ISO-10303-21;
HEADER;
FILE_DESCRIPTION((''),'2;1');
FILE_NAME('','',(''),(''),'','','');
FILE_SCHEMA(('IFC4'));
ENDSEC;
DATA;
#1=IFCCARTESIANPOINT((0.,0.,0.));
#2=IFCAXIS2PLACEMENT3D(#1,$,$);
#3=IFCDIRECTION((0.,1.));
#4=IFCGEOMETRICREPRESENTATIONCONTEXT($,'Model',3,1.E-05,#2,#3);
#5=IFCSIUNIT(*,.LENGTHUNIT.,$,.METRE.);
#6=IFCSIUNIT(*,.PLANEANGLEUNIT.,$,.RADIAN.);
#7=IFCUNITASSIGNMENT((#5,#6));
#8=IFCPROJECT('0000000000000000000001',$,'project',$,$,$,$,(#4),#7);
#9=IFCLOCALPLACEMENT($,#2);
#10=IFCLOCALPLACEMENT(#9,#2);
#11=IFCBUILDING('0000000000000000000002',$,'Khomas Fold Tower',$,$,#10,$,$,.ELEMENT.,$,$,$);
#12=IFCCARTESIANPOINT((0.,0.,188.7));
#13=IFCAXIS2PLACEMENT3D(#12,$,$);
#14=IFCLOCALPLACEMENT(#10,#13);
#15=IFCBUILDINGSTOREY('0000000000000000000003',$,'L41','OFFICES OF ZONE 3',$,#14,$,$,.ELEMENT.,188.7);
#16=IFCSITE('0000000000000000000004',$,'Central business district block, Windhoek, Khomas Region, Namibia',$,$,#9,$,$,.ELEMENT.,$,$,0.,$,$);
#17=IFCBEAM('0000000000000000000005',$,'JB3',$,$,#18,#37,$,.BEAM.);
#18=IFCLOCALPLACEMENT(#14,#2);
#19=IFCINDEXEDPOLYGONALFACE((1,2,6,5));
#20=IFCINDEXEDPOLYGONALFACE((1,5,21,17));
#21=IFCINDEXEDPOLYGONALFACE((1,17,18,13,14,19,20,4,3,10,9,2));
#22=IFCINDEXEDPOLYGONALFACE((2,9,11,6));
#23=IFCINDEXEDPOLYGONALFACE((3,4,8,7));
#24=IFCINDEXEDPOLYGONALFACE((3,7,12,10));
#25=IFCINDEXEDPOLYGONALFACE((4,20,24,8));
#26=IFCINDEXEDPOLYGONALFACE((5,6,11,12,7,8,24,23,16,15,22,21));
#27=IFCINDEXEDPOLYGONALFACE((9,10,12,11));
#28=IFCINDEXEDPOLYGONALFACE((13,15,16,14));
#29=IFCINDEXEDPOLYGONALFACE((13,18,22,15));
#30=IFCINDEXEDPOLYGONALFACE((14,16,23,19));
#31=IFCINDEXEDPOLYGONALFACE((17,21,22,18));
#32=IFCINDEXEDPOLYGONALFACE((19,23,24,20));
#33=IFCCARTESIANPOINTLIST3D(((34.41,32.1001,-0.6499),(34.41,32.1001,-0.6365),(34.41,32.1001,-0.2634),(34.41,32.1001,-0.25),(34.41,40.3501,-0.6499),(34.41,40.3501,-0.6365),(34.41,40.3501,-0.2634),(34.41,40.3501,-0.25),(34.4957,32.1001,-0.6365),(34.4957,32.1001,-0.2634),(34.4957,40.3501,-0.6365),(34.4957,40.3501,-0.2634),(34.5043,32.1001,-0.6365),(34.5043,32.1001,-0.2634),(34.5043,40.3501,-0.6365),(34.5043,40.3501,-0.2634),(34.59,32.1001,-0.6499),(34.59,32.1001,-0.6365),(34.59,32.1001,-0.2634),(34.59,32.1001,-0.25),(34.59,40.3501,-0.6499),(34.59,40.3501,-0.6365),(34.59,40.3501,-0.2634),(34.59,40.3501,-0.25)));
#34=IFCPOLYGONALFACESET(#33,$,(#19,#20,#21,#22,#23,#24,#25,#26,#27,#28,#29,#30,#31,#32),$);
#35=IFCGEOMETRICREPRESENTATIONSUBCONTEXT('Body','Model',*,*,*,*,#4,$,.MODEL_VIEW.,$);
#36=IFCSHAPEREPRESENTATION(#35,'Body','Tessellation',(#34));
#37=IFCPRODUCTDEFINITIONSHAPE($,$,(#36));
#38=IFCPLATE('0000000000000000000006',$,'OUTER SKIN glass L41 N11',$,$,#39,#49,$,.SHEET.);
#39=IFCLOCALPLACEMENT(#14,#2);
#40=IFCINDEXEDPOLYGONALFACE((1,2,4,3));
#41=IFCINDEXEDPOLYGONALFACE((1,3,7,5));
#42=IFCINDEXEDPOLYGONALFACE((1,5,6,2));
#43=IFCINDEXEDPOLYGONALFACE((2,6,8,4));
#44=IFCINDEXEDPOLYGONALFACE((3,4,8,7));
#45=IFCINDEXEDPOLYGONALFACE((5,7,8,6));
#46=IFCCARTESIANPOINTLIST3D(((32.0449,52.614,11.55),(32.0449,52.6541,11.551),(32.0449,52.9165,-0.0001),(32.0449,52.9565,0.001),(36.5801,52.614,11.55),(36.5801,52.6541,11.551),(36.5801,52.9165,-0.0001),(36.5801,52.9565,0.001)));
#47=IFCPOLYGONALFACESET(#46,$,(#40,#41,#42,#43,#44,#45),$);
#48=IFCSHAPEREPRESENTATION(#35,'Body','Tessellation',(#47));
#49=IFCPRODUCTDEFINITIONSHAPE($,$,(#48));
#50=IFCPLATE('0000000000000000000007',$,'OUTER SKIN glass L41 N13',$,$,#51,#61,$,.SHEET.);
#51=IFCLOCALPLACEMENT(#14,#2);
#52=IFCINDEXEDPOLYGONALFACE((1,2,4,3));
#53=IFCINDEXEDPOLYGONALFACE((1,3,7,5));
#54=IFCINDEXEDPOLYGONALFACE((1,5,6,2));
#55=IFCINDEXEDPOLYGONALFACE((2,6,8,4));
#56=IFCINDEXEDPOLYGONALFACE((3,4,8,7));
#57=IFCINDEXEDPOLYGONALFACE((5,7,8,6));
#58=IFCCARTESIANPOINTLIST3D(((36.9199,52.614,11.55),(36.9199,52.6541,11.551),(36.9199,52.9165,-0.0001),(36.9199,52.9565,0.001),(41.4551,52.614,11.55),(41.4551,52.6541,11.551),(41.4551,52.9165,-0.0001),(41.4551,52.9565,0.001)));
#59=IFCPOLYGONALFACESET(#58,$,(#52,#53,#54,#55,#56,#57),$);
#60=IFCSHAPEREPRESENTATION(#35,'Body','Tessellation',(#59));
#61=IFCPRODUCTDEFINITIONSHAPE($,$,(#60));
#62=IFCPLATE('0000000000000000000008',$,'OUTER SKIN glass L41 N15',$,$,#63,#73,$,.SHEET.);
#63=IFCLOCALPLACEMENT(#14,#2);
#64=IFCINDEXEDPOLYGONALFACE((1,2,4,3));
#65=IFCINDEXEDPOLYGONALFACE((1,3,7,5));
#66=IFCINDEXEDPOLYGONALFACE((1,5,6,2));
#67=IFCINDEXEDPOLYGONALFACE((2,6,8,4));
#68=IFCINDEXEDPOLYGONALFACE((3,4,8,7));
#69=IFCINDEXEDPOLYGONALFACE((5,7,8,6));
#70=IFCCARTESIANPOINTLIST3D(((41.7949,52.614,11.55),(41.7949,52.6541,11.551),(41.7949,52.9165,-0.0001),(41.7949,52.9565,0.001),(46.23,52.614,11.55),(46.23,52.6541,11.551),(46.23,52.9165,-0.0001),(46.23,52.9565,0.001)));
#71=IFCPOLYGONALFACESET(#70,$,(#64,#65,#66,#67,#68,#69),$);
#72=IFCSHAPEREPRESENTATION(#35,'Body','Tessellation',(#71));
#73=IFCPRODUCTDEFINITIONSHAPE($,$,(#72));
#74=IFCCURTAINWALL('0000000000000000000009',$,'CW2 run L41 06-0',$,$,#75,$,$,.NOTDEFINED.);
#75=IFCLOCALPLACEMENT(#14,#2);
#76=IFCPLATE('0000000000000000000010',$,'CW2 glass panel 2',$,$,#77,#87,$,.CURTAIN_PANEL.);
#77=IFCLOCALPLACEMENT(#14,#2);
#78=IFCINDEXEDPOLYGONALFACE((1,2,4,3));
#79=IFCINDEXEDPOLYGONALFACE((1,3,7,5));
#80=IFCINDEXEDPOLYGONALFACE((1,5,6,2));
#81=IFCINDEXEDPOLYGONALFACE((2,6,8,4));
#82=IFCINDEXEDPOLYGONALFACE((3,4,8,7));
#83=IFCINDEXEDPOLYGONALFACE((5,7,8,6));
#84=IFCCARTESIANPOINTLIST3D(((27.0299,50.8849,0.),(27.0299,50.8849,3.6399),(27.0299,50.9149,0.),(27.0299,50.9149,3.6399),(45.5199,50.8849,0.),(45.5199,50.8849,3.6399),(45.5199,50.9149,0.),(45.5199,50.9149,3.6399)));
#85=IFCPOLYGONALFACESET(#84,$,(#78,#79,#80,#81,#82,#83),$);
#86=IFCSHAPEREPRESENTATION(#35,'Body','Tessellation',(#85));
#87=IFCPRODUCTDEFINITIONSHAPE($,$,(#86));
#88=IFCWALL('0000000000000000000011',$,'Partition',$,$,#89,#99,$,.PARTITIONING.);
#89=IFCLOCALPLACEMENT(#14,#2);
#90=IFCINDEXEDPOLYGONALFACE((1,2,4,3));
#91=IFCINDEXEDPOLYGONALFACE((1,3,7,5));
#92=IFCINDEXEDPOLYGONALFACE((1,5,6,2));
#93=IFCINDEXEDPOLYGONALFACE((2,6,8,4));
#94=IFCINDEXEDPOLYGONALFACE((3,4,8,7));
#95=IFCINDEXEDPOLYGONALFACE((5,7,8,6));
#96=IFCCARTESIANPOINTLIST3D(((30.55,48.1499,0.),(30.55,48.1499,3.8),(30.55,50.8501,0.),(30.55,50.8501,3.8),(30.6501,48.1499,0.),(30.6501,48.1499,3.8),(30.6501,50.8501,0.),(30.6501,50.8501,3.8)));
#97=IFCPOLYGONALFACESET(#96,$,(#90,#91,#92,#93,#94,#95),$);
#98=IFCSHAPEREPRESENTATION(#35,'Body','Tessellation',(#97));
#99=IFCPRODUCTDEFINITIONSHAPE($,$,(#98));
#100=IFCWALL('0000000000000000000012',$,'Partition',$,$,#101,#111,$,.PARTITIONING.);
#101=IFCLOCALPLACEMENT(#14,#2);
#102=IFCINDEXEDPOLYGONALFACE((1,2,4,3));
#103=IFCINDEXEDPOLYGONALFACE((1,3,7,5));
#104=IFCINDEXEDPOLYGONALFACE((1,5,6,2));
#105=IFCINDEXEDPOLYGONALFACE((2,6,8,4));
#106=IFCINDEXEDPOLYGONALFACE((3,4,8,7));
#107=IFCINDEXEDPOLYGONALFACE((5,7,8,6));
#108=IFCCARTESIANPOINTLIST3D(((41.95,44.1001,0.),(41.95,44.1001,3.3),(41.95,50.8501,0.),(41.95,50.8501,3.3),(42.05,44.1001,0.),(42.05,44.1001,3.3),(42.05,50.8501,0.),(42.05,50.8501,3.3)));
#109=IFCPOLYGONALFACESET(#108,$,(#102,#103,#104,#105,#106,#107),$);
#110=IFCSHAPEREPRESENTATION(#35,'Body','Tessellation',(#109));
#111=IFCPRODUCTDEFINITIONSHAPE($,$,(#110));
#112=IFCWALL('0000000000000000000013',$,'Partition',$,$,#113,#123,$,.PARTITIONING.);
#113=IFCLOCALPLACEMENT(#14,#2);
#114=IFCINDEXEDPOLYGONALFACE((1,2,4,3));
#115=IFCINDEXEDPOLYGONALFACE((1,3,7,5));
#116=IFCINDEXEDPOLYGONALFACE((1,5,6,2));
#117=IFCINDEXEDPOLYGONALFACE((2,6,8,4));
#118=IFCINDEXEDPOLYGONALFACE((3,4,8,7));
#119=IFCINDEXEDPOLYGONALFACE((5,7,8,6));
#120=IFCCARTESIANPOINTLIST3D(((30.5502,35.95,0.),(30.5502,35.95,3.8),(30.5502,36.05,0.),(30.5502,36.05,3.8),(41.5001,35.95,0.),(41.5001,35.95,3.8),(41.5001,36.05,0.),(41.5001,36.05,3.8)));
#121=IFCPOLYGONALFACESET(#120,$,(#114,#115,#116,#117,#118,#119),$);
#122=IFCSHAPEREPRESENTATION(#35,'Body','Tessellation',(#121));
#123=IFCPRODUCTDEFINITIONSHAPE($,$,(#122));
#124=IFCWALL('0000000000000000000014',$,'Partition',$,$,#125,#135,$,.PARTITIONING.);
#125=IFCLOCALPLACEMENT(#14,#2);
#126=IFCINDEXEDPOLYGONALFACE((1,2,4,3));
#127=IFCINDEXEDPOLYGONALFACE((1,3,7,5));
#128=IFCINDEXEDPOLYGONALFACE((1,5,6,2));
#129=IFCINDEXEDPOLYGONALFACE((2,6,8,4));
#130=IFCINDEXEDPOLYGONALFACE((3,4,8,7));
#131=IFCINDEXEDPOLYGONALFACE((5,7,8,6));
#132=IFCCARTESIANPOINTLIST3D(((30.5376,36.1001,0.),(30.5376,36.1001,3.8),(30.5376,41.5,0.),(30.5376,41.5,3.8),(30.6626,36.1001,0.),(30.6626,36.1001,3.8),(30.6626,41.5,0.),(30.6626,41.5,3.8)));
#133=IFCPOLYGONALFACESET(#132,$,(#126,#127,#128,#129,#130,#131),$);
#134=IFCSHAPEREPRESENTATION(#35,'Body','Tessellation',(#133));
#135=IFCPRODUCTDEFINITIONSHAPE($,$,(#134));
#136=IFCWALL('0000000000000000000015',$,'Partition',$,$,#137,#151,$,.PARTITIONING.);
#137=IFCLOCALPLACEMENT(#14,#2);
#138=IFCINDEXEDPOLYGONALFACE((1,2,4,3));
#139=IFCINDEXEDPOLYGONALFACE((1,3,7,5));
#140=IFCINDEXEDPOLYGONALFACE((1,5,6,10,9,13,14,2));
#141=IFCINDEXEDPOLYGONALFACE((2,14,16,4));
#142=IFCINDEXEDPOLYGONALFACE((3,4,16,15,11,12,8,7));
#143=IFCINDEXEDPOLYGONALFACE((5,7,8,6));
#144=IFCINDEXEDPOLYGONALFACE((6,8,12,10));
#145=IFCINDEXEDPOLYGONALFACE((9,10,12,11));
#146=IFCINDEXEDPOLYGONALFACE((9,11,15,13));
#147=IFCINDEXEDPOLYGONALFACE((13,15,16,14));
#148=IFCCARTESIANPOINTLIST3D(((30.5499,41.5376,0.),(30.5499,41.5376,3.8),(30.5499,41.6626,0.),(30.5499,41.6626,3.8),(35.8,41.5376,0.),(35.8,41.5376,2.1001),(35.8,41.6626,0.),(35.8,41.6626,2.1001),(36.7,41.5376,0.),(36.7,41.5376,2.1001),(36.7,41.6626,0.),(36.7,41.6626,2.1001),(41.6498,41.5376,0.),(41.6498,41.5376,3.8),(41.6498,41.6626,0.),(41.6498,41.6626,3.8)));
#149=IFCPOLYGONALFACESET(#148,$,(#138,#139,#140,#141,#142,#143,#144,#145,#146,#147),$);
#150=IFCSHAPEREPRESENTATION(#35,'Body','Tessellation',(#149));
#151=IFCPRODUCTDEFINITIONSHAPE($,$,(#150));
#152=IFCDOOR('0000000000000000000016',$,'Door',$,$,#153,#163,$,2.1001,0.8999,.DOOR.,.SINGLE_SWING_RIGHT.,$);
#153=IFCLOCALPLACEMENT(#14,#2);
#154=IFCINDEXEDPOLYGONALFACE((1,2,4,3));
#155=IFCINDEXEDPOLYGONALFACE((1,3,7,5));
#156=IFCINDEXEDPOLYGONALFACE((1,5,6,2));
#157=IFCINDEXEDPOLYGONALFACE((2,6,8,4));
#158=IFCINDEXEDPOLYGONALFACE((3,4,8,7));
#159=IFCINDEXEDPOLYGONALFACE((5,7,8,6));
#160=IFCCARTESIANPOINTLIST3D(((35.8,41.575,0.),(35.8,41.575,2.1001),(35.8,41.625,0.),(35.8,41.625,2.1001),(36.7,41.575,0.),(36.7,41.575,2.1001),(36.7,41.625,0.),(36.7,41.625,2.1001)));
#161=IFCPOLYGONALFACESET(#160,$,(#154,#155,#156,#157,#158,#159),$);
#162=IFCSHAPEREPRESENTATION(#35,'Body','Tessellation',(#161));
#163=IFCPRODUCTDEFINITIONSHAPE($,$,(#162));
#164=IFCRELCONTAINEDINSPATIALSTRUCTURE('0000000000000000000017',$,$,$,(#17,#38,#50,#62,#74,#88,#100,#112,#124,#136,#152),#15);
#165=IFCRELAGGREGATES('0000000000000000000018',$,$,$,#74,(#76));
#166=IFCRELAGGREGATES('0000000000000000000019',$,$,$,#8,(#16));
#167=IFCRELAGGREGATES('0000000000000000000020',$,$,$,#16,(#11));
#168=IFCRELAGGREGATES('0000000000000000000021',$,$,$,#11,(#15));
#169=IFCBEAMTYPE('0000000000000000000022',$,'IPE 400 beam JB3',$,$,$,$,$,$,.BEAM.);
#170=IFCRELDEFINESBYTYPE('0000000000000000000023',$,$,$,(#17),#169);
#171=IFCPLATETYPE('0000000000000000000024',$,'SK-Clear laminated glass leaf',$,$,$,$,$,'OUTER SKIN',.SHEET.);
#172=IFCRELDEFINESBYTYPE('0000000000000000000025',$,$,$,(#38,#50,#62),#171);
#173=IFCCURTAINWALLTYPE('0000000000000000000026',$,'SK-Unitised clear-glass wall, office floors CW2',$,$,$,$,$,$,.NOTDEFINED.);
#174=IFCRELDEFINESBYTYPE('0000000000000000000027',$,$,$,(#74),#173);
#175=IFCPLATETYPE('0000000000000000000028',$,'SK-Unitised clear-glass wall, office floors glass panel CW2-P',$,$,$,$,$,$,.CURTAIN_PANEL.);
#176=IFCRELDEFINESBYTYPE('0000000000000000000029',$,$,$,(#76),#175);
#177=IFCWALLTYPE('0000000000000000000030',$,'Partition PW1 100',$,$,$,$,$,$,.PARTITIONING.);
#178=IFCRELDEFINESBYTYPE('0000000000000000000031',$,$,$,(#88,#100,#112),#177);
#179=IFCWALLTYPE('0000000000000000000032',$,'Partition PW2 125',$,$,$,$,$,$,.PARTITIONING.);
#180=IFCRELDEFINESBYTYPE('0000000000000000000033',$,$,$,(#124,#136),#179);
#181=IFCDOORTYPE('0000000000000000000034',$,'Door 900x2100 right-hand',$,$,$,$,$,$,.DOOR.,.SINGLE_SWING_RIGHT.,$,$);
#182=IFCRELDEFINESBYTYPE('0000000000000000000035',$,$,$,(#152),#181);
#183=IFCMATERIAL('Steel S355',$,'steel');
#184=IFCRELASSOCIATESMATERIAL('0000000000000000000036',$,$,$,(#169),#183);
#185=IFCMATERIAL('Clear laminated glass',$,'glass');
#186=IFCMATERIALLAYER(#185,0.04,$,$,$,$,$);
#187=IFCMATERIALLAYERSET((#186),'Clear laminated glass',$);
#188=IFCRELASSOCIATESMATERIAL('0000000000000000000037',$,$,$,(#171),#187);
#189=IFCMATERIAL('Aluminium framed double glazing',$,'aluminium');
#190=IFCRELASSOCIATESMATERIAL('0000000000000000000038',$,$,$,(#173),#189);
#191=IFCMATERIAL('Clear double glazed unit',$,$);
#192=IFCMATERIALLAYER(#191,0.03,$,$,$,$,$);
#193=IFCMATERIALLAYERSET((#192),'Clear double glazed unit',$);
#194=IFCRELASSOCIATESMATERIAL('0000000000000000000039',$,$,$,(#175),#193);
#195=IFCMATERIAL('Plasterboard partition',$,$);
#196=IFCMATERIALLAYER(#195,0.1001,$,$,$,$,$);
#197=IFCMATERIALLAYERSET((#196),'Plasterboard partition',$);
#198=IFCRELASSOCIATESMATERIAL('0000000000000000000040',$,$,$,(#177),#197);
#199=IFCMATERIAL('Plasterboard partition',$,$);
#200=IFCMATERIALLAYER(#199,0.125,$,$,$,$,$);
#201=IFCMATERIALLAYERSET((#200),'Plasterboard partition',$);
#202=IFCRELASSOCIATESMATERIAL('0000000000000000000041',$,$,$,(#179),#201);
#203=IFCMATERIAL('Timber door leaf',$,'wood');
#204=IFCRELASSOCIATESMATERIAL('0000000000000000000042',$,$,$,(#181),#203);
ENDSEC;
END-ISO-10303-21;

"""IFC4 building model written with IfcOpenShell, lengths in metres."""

from ifc_helpers import new_model, si_unit, direction, frame, frame_2d, origin, origin_2d, place, context, subcontext, project, spatial, polyline, rectangle, i_section, outline, extrude, source, transform, mapped, material, layer, layer_set, material_profile, profile_set, type_object, element, fill, aggregate, save


model = new_model("IFC4")

# Units and contexts
model_context = context("Model", 3, precision=1e-05, world=origin(), true_north=direction((0.0, 1.0)))
body_context = subcontext(model_context, "Body", "Model", "MODEL_VIEW")
ifc_project = project(units=[si_unit("LENGTHUNIT", "METRE"), si_unit("PLANEANGLEUNIT", "RADIAN")], contexts=[model_context])

# Site, building, storey
site_placement = place(None, origin())
site = spatial("IfcSite", under=ifc_project, at=site_placement, Name="Central business district block, Windhoek, Khomas Region, Namibia", CompositionType="ELEMENT", RefElevation=0.0)
building_placement = place(site_placement, origin())
building = spatial("IfcBuilding", under=site, at=building_placement, Name="Khomas Fold Tower", CompositionType="ELEMENT")
storey_placement = place(building_placement, frame((0.0, 0.0, 188.7)))
storey = spatial("IfcBuildingStorey", under=building, at=storey_placement, Name="L41", Description="OFFICES OF ZONE 3", CompositionType="ELEMENT", Elevation=188.7)

# Beam
ifc_material_1 = material(Name="Steel S355", Category="steel")
ifc_material_profile_1 = material_profile(ifc_material_1, i_section(OverallWidth=0.1799, OverallDepth=0.3999, WebThickness=0.0085, FlangeThickness=0.0134, at=origin_2d()), Name="IPE 400")
ifc_profile_set_1 = profile_set([ifc_material_profile_1], Name="Steel S355")
beam_type_1 = type_object("IfcBeamType", Name="IPE 400 beam JB3", PredefinedType="BEAM", material=ifc_profile_set_1)
shared_shape_1 = source(origin(), body_context, "Body", "SweptSolid", [
    extrude(i_section(OverallWidth=0.1799, OverallDepth=0.3999, WebThickness=0.0085, FlangeThickness=0.0134, at=origin_2d()), origin(), (0.0, 0.0, 1.0), 8.25),
])
beam_1_placement = place(storey_placement, frame((34.5, 32.1001, -0.45), z_axis=(0.0, 1.0, 0.0), x_axis=(-1.0, 0.0, 0.0)))
element("IfcBeam", 1, at=beam_1_placement, inside=storey, type_object=beam_type_1, Name="JB3", PredefinedType="BEAM", context=body_context, shape_type="MappedRepresentation", body=[
    mapped(shared_shape_1, transform((0.0, 0.0, 0.0))),
])

# Plates
ifc_material_2 = material(Name="Clear laminated glass", Category="glass")
ifc_layer_1 = layer(ifc_material_2, 0.04)
ifc_layer_set_1 = layer_set([ifc_layer_1], Name="Clear laminated glass")
plate_type_1 = type_object("IfcPlateType", Name="SK-Clear laminated glass leaf", ElementType="OUTER SKIN", PredefinedType="SHEET", material=ifc_layer_set_1)
for number, where, z_axis, x_axis, name in (
    (2, (32.0449, 52.9565, 0.001), (0.0, 0.999657, 0.026181), (1.0, 0.0, 0.0), "OUTER SKIN glass L41 N11"),
    (3, (36.9199, 52.9565, 0.001), (0.0, 0.999657, 0.026181), (1.0, 0.0, 0.0), "OUTER SKIN glass L41 N13"),
):
    element("IfcPlate", number, at=place(storey_placement, frame(where, z_axis=z_axis, x_axis=x_axis)), inside=storey, type_object=plate_type_1, Name=name, PredefinedType="SHEET", context=body_context, shape_type="SweptSolid", body=[
        extrude(outline(polyline([(0.0, 0.0), (4.5352, 0.0), (4.5352, -11.554), (0.0, -11.554), (0.0, 0.0)])), origin(), (0.0, 0.0, -1.0), 0.04),
    ])
plate_1_placement = place(storey_placement, frame((41.7949, 52.9565, 0.001), z_axis=(0.0, 0.999657, 0.026181), x_axis=(1.0, 0.0, 0.0)))
element("IfcPlate", 4, at=plate_1_placement, inside=storey, type_object=plate_type_1, Name="OUTER SKIN glass L41 N15", PredefinedType="SHEET", context=body_context, shape_type="SweptSolid", body=[
    extrude(outline(polyline([(0.0, 0.0), (4.4351, 0.0), (4.4351, -11.554), (0.0, -11.554), (0.0, 0.0)])), origin(), (0.0, 0.0, -1.0), 0.04),
])

# Curtain wall, plate
ifc_material_3 = material(Name="Aluminium framed double glazing", Category="aluminium")
curtain_wall_type = type_object("IfcCurtainWallType", Name="SK-Unitised clear-glass wall, office floors CW2", PredefinedType="NOTDEFINED", material=ifc_material_3)
curtain_wall_placement = place(storey_placement, origin())
curtain_wall = element("IfcCurtainWall", 5, at=curtain_wall_placement, inside=storey, type_object=curtain_wall_type, Name="CW2 run L41 06-0", PredefinedType="NOTDEFINED")
ifc_material_4 = material(Name="Clear double glazed unit")
ifc_layer_2 = layer(ifc_material_4, 0.03)
ifc_layer_set_2 = layer_set([ifc_layer_2], Name="Clear double glazed unit")
plate_type_2 = type_object("IfcPlateType", Name="SK-Unitised clear-glass wall, office floors glass panel CW2-P", PredefinedType="CURTAIN_PANEL", material=ifc_layer_set_2)
shared_shape_2 = source(origin(), body_context, "Body", "SweptSolid", [
    extrude(rectangle(XDim=18.49, YDim=0.03, at=origin_2d()), origin(), (0.0, 0.0, 1.0), 3.6399),
])
plate_2_placement = place(storey_placement, frame((36.2749, 50.8999, 0.0), z_axis=(0.0, 0.0, 1.0), x_axis=(-1.0, 0.0, 0.0)))
plate_2 = element("IfcPlate", 6, at=plate_2_placement, type_object=plate_type_2, Name="CW2 glass panel 2", PredefinedType="CURTAIN_PANEL", context=body_context, shape_type="MappedRepresentation", body=[
    mapped(shared_shape_2, transform((0.0, 0.0, 0.0))),
])
aggregate(curtain_wall, [plate_2])

# Walls
ifc_material_5 = material(Name="Plasterboard partition")
ifc_layer_3 = layer(ifc_material_5, 0.1001)
ifc_layer_set_3 = layer_set([ifc_layer_3], Name="Plasterboard partition")
wall_type_1 = type_object("IfcWallType", Name="Partition PW1 100", PredefinedType="PARTITIONING", material=ifc_layer_set_3)
shared_shape_3 = source(origin(), body_context, "Body", "SweptSolid", [
    extrude(rectangle(XDim=2.7002, YDim=0.1001, at=frame_2d((1.3501, 0.0))), origin(), (0.0, 0.0, 1.0), 3.8),
])
wall_1_placement = place(storey_placement, frame((30.6001, 48.1499, 0.0), z_axis=(0.0, 0.0, 1.0), x_axis=(0.0, 1.0, 0.0)))
element("IfcWall", 7, at=wall_1_placement, inside=storey, type_object=wall_type_1, Name="Partition", PredefinedType="PARTITIONING", context=body_context, shape_type="MappedRepresentation", body=[
    mapped(shared_shape_3, transform((0.0, 0.0, 0.0))),
])
shared_shape_4 = source(origin(), body_context, "Body", "SweptSolid", [
    extrude(rectangle(XDim=6.75, YDim=0.1001, at=frame_2d((3.375, 0.0))), origin(), (0.0, 0.0, 1.0), 3.3),
])
wall_2_placement = place(storey_placement, frame((42.0, 44.1001, 0.0), z_axis=(0.0, 0.0, 1.0), x_axis=(0.0, 1.0, 0.0)))
element("IfcWall", 8, at=wall_2_placement, inside=storey, type_object=wall_type_1, Name="Partition", PredefinedType="PARTITIONING", context=body_context, shape_type="MappedRepresentation", body=[
    mapped(shared_shape_4, transform((0.0, 0.0, 0.0))),
])
shared_shape_5 = source(origin(), body_context, "Body", "SweptSolid", [
    extrude(rectangle(XDim=10.95, YDim=0.1001, at=frame_2d((5.4751, 0.0))), origin(), (0.0, 0.0, 1.0), 3.8),
])
wall_3_placement = place(storey_placement, frame((30.55, 36.0, 0.0), z_axis=(0.0, 0.0, 1.0), x_axis=(1.0, 0.0, 0.0)))
element("IfcWall", 9, at=wall_3_placement, inside=storey, type_object=wall_type_1, Name="Partition", PredefinedType="PARTITIONING", context=body_context, shape_type="MappedRepresentation", body=[
    mapped(shared_shape_5, transform((0.0, 0.0, 0.0))),
])
ifc_material_6 = material(Name="Plasterboard partition")
ifc_layer_4 = layer(ifc_material_6, 0.125)
ifc_layer_set_4 = layer_set([ifc_layer_4], Name="Plasterboard partition")
wall_type_2 = type_object("IfcWallType", Name="Partition PW2 125", PredefinedType="PARTITIONING", material=ifc_layer_set_4)
shared_shape_6 = source(origin(), body_context, "Body", "SweptSolid", [
    extrude(rectangle(XDim=5.3999, YDim=0.125, at=frame_2d((2.7, 0.0))), origin(), (0.0, 0.0, 1.0), 3.8),
])
wall_4_placement = place(storey_placement, frame((30.6001, 36.1001, 0.0), z_axis=(0.0, 0.0, 1.0), x_axis=(0.0, 1.0, 0.0)))
element("IfcWall", 10, at=wall_4_placement, inside=storey, type_object=wall_type_2, Name="Partition", PredefinedType="PARTITIONING", context=body_context, shape_type="MappedRepresentation", body=[
    mapped(shared_shape_6, transform((0.0, 0.0, 0.0))),
])

# Wall, opening, door
shared_shape_7 = source(origin(), body_context, "Body", "SweptSolid", [
    extrude(rectangle(XDim=11.0999, YDim=0.125, at=frame_2d((5.5498, 0.0))), origin(), (0.0, 0.0, 1.0), 3.8),
])
wall_5_placement = place(storey_placement, frame((30.55, 41.6001, 0.0), z_axis=(0.0, 0.0, 1.0), x_axis=(1.0, 0.0, 0.0)))
wall_5 = element("IfcWall", 11, at=wall_5_placement, inside=storey, type_object=wall_type_2, Name="Partition", PredefinedType="PARTITIONING", context=body_context, shape_type="MappedRepresentation", body=[
    mapped(shared_shape_7, transform((0.0, 0.0, 0.0))),
])
shared_shape_8 = source(origin(), body_context, "Body", "SweptSolid", [
    extrude(rectangle(XDim=0.8999, YDim=2.1001, at=frame_2d((0.45, 1.05))), frame((0.0, 0.0725, 0.0), z_axis=(0.0, -1.0, 0.0), x_axis=(1.0, 0.0, 0.0)), (0.0, 0.0, 1.0), 0.145),
])
opening_1_placement = place(wall_5_placement, frame((5.25, 0.0, 0.0)))
opening_1 = element("IfcOpeningElement", 12, at=opening_1_placement, cuts=wall_5, PredefinedType="OPENING", context=body_context, shape_type="MappedRepresentation", body=[
    mapped(shared_shape_8, transform((0.0, 0.0, 0.0))),
])
ifc_material_7 = material(Name="Timber door leaf", Category="wood")
door_type_1 = type_object("IfcDoorType", Name="Door 900x2100 right-hand", OperationType="SINGLE_SWING_RIGHT", PredefinedType="DOOR", material=ifc_material_7)
shared_shape_9 = source(origin(), body_context, "Body", "SweptSolid", [
    extrude(rectangle(XDim=0.8999, YDim=2.1001, at=frame_2d((0.45, 1.05))), frame((0.0, 0.0249, 0.0), z_axis=(0.0, -1.0, 0.0), x_axis=(1.0, 0.0, 0.0)), (0.0, 0.0, 1.0), 0.05),
])
door_1_placement = place(opening_1_placement, origin())
door_1 = element("IfcDoor", 13, at=door_1_placement, inside=storey, type_object=door_type_1, Name="Door", OperationType="SINGLE_SWING_RIGHT", OverallHeight=2.1001, OverallWidth=0.8999, PredefinedType="DOOR", context=body_context, shape_type="MappedRepresentation", body=[
    mapped(shared_shape_9, transform((0.0, 0.0, 0.0))),
])
fill(opening_1, door_1)

save(model, "model.ifc")
